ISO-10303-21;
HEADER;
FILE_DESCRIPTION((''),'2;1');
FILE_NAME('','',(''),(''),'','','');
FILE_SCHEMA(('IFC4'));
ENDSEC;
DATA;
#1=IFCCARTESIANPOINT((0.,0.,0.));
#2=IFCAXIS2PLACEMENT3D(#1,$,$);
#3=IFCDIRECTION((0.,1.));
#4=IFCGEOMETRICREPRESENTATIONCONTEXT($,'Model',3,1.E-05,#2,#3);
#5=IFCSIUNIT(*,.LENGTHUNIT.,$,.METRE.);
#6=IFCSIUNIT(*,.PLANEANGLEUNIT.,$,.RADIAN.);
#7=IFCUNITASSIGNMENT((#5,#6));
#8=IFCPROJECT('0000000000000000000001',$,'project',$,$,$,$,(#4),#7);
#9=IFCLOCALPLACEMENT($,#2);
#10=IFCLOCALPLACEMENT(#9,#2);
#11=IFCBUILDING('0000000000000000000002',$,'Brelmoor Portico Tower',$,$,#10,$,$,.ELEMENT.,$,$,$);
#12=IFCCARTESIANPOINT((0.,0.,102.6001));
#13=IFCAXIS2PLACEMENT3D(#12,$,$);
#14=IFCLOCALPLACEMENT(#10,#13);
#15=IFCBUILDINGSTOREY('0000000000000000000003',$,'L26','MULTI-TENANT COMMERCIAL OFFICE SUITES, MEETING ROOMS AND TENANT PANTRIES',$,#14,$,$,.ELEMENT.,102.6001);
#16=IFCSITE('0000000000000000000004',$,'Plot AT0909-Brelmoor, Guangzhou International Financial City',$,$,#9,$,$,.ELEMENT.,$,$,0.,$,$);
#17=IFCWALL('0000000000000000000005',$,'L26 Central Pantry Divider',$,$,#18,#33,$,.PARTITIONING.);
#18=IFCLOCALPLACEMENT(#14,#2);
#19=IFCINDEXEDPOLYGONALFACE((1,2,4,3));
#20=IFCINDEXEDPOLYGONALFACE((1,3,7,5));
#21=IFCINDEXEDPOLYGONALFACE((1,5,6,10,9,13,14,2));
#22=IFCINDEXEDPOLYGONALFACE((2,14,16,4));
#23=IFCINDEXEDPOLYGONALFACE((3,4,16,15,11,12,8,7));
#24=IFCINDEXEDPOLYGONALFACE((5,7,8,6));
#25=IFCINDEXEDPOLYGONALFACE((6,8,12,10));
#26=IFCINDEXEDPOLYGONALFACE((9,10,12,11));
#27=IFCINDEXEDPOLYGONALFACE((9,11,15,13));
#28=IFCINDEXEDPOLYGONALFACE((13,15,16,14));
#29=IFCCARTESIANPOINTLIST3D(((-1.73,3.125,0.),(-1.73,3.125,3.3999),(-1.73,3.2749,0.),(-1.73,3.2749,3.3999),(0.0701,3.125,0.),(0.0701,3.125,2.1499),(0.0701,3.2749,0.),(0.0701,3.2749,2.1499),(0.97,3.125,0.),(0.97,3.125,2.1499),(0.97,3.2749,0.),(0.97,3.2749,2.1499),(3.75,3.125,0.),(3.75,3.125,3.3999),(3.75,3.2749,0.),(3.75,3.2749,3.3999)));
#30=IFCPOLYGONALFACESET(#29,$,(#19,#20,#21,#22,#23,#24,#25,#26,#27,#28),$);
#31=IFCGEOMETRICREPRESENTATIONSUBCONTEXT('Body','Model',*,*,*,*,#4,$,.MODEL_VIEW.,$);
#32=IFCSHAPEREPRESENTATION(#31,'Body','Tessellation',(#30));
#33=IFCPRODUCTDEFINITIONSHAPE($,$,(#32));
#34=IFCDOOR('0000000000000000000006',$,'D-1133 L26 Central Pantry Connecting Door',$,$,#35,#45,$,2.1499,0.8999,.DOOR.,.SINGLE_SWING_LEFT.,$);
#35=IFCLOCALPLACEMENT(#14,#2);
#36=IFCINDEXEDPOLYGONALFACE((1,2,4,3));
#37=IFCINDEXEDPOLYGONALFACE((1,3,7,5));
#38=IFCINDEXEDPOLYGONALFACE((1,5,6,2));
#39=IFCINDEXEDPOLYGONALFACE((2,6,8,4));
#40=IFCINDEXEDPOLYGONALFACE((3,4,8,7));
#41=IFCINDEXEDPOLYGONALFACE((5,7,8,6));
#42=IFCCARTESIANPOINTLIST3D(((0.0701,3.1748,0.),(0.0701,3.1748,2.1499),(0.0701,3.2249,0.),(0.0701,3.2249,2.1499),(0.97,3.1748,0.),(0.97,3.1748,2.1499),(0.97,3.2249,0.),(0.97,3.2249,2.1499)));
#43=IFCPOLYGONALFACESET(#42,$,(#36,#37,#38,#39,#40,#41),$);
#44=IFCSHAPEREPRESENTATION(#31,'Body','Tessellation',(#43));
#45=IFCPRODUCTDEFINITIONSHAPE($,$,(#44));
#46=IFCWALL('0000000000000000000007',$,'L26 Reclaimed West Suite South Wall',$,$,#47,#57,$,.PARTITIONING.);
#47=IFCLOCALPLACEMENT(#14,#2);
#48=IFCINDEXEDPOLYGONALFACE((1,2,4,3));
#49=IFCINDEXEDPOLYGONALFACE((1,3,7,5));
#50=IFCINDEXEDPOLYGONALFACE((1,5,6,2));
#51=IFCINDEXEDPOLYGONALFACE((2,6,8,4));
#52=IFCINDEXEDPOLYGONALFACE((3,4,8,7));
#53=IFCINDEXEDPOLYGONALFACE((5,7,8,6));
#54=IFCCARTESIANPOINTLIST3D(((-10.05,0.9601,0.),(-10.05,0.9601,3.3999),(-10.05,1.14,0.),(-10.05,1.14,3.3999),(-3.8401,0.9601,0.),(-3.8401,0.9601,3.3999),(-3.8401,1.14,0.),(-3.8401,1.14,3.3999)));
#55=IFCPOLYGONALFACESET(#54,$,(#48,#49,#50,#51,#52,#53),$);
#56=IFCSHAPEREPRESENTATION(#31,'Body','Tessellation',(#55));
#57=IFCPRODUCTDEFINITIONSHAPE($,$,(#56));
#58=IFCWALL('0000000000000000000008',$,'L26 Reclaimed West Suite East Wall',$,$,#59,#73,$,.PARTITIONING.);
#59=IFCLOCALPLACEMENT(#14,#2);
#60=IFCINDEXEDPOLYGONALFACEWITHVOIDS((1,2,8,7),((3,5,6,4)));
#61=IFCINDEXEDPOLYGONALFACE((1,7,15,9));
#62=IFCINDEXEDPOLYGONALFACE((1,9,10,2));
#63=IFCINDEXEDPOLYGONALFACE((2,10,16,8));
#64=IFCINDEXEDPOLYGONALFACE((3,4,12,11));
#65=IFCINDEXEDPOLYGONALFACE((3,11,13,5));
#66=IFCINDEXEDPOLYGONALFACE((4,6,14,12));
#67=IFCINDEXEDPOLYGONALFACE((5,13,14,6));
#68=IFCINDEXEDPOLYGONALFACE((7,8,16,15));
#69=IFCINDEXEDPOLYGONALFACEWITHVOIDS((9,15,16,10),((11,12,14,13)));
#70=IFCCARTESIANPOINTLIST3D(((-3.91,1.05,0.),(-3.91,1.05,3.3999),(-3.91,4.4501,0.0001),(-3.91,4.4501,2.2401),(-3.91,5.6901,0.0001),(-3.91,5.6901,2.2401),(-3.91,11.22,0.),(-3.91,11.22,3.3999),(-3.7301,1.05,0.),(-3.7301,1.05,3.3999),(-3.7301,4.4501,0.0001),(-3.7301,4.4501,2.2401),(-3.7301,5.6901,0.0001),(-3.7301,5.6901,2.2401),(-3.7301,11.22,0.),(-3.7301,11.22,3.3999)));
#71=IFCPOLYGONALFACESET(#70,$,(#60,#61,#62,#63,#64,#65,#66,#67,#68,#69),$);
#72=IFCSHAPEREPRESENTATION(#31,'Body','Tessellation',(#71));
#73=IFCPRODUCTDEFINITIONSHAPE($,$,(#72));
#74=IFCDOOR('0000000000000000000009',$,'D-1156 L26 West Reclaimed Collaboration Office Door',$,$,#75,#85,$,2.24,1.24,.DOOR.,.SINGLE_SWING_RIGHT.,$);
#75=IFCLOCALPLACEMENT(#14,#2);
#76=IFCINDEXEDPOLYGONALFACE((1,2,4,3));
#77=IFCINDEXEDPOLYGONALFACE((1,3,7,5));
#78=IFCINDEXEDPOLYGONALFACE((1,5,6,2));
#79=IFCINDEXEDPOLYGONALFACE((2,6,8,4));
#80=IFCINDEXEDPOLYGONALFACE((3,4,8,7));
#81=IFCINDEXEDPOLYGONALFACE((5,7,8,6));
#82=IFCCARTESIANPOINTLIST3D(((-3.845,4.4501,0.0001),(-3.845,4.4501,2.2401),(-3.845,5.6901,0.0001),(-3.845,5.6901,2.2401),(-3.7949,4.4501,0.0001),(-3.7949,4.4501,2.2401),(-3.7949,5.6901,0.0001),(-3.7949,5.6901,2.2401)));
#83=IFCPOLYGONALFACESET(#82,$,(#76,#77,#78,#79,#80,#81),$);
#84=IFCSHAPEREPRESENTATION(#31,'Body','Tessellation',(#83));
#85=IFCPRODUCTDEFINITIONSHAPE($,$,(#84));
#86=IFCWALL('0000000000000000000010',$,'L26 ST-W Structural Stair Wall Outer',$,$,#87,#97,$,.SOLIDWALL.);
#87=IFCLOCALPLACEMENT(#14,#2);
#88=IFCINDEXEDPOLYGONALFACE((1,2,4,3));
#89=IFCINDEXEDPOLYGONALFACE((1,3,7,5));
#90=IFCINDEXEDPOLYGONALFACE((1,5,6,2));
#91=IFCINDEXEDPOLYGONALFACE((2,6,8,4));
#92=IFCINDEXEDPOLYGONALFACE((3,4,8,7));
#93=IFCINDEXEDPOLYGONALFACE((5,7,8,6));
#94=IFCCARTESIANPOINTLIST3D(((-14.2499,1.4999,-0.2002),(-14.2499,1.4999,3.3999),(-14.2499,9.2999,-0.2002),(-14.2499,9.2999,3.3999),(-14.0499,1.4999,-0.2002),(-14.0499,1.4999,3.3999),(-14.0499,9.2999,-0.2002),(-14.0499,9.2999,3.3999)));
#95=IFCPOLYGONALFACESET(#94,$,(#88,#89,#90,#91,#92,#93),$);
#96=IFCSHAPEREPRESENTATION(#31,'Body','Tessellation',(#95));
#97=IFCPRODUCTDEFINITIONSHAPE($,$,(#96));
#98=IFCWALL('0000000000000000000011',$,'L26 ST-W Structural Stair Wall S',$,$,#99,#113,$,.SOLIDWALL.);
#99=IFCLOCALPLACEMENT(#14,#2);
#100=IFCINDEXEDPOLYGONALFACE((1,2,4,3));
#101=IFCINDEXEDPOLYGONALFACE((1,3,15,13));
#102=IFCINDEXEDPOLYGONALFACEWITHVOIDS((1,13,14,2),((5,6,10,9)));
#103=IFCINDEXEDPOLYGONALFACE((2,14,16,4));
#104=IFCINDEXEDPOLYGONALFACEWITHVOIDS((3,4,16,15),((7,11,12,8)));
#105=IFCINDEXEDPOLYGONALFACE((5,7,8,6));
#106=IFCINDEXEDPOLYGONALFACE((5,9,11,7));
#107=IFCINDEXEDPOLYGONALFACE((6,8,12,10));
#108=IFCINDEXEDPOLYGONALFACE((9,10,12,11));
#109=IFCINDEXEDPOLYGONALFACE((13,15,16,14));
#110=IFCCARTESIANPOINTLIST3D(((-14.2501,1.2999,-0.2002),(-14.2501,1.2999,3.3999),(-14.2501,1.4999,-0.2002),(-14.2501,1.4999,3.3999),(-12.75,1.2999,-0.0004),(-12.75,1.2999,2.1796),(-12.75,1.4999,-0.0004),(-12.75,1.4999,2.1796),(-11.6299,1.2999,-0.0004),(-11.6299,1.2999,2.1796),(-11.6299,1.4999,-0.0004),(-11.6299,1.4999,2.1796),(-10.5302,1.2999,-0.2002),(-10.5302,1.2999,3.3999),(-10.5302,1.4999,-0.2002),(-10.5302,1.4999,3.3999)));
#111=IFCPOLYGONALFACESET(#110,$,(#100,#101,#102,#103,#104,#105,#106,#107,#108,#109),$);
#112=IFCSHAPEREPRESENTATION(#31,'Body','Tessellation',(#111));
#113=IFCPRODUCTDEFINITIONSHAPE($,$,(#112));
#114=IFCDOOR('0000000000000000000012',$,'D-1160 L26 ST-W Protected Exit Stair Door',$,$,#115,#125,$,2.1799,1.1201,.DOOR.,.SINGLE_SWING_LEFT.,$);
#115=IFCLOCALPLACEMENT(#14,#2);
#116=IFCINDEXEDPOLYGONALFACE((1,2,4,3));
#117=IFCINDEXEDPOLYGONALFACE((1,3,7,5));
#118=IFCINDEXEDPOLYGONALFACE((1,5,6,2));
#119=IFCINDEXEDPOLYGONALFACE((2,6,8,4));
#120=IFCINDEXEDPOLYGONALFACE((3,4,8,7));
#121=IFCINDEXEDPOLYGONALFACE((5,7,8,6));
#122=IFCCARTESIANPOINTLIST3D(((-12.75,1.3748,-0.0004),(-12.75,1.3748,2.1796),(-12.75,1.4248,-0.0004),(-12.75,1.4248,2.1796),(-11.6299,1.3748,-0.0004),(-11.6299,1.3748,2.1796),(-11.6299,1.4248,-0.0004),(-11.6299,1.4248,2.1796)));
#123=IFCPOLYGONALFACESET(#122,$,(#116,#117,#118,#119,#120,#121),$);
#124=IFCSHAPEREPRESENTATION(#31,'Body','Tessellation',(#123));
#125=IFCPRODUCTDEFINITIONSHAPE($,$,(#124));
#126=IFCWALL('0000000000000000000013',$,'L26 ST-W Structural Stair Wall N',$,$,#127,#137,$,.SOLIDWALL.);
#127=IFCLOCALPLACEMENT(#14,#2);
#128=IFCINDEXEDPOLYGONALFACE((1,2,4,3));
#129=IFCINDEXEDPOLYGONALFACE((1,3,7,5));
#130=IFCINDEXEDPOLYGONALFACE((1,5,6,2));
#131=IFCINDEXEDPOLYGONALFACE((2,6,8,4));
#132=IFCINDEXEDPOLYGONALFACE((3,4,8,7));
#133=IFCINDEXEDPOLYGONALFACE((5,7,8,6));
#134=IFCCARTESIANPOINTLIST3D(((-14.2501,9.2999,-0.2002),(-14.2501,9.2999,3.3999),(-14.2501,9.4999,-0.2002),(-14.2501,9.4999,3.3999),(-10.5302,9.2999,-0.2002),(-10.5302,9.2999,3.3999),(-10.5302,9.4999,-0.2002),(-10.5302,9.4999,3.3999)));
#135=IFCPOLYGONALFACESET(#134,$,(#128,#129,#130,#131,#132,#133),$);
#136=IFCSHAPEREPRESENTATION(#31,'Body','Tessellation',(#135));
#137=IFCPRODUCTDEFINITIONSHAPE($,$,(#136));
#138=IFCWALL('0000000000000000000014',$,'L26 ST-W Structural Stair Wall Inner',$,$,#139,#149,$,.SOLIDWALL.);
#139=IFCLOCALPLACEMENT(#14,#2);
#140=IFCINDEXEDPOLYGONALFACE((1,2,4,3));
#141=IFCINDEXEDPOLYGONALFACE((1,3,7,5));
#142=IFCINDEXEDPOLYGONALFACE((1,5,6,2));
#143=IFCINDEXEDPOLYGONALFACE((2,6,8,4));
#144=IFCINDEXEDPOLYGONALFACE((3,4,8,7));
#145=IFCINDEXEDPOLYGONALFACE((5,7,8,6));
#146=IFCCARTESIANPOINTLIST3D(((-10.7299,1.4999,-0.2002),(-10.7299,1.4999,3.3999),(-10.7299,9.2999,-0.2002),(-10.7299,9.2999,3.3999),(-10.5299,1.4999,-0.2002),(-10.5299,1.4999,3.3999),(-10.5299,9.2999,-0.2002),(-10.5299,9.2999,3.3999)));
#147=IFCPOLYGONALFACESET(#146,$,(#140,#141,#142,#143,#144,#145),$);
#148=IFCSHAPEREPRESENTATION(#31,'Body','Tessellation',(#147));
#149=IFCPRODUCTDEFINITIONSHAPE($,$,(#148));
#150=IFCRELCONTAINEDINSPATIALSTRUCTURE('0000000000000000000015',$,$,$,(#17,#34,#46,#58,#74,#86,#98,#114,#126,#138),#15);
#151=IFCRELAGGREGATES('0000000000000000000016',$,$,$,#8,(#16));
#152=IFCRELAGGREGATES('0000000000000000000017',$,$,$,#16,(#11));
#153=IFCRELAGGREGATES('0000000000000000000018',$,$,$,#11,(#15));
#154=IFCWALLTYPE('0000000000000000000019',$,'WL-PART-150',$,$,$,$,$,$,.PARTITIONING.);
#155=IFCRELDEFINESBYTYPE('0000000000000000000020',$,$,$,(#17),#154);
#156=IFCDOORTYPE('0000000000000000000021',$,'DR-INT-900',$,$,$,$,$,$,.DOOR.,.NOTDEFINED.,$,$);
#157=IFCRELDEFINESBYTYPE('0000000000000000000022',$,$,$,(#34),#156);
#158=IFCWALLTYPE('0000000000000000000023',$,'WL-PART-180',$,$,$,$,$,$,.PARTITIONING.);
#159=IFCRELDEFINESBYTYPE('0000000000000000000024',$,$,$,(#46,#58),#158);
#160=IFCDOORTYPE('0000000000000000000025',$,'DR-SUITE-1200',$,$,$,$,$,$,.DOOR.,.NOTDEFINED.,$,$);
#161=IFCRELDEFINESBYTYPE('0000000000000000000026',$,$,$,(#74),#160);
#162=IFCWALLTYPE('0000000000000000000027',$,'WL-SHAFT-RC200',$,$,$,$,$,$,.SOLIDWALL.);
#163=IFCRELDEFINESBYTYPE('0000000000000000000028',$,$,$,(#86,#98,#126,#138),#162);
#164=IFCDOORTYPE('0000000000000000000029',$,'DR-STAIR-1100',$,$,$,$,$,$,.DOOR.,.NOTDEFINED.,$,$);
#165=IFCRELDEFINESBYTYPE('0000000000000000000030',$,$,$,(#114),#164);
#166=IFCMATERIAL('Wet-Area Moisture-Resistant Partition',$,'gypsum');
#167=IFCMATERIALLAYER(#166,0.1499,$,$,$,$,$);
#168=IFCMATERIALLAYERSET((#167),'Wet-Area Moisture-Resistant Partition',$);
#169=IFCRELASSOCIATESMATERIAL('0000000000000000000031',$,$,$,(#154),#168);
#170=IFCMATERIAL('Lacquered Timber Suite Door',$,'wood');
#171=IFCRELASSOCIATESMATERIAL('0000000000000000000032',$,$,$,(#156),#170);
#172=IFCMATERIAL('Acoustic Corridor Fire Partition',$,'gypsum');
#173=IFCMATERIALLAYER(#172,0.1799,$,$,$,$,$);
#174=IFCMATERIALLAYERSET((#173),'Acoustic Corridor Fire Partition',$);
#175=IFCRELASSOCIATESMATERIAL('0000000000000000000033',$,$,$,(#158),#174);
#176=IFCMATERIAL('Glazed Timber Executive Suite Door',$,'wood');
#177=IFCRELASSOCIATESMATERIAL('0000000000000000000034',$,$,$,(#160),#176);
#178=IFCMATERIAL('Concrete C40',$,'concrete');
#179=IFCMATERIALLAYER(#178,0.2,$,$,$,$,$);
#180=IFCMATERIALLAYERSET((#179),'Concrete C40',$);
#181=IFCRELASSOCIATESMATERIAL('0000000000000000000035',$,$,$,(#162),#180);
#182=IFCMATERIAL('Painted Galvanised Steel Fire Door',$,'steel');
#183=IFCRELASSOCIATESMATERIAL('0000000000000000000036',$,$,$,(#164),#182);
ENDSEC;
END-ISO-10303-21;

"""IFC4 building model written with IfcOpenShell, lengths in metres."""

from ifc_helpers import new_model, si_unit, direction, frame, frame_2d, origin, place, context, subcontext, project, spatial, rectangle, extrude, material, layer, layer_set, type_object, element, fill, save


model = new_model("IFC4")

# Units and contexts
model_context = context("Model", 3, precision=1e-05, world=origin(), true_north=direction((0.0, 1.0)))
body_context = subcontext(model_context, "Body", "Model", "MODEL_VIEW")
ifc_project = project(units=[si_unit("LENGTHUNIT", "METRE"), si_unit("PLANEANGLEUNIT", "RADIAN")], contexts=[model_context])

# Site, building, storey
site_placement = place(None, origin())
site = spatial("IfcSite", under=ifc_project, at=site_placement, Name="Plot AT0909-Brelmoor, Guangzhou International Financial City", CompositionType="ELEMENT", RefElevation=0.0)
building_placement = place(site_placement, origin())
building = spatial("IfcBuilding", under=site, at=building_placement, Name="Brelmoor Portico Tower", CompositionType="ELEMENT")
storey_placement = place(building_placement, frame((0.0, 0.0, 102.6001)))
storey = spatial("IfcBuildingStorey", under=building, at=storey_placement, Name="L26", Description="MULTI-TENANT COMMERCIAL OFFICE SUITES, MEETING ROOMS AND TENANT PANTRIES", CompositionType="ELEMENT", Elevation=102.6001)

# Wall, opening, door
ifc_material_1 = material(Name="Wet-Area Moisture-Resistant Partition", Category="gypsum")
ifc_layer_1 = layer(ifc_material_1, 0.1499)
ifc_layer_set_1 = layer_set([ifc_layer_1], Name="Wet-Area Moisture-Resistant Partition")
wall_type_1 = type_object("IfcWallType", Name="WL-PART-150", PredefinedType="PARTITIONING", material=ifc_layer_set_1)
wall_1_placement = place(storey_placement, frame((-1.73, 3.2, 0.0), z_axis=(0.0, 0.0, 1.0), x_axis=(1.0, 0.0, 0.0)))
wall_1 = element("IfcWall", 1, at=wall_1_placement, inside=storey, type_object=wall_type_1, Name="L26 Central Pantry Divider", PredefinedType="PARTITIONING", context=body_context, shape_type="SweptSolid", body=[
    extrude(rectangle(XDim=5.48, YDim=0.1499, at=frame_2d((2.74, 0.0))), origin(), (0.0, 0.0, 1.0), 3.3999),
])
opening_1_placement = place(wall_1_placement, frame((1.8, 0.0, 0.0)))
opening_1 = element("IfcOpeningElement", 2, at=opening_1_placement, cuts=wall_1, PredefinedType="OPENING", context=body_context, shape_type="SweptSolid", body=[
    extrude(rectangle(XDim=0.8999, YDim=2.1499, at=frame_2d((0.45, 1.075))), frame((0.0, 0.085, 0.0), z_axis=(0.0, -1.0, 0.0), x_axis=(1.0, 0.0, 0.0)), (0.0, 0.0, 1.0), 0.1699),
])
ifc_material_2 = material(Name="Lacquered Timber Suite Door", Category="wood")
door_type_1 = type_object("IfcDoorType", Name="DR-INT-900", OperationType="NOTDEFINED", PredefinedType="DOOR", material=ifc_material_2)
door_1_placement = place(opening_1_placement, origin())
door_1 = element("IfcDoor", 3, at=door_1_placement, inside=storey, type_object=door_type_1, Name="D-1133 L26 Central Pantry Connecting Door", OperationType="SINGLE_SWING_LEFT", OverallHeight=2.1499, OverallWidth=0.8999, PredefinedType="DOOR", context=body_context, shape_type="SweptSolid", body=[
    extrude(rectangle(XDim=0.8999, YDim=2.1499, at=frame_2d((0.45, 1.075))), frame((0.0, 0.0249, 0.0), z_axis=(0.0, -1.0, 0.0), x_axis=(1.0, 0.0, 0.0)), (0.0, 0.0, 1.0), 0.05),
])
fill(opening_1, door_1)

# Wall
ifc_material_3 = material(Name="Acoustic Corridor Fire Partition", Category="gypsum")
ifc_layer_2 = layer(ifc_material_3, 0.1799)
ifc_layer_set_2 = layer_set([ifc_layer_2], Name="Acoustic Corridor Fire Partition")
wall_type_2 = type_object("IfcWallType", Name="WL-PART-180", PredefinedType="PARTITIONING", material=ifc_layer_set_2)
wall_2_placement = place(storey_placement, frame((-10.05, 1.05, 0.0), z_axis=(0.0, 0.0, 1.0), x_axis=(1.0, 0.0, 0.0)))
element("IfcWall", 4, at=wall_2_placement, inside=storey, type_object=wall_type_2, Name="L26 Reclaimed West Suite South Wall", PredefinedType="PARTITIONING", context=body_context, shape_type="SweptSolid", body=[
    extrude(rectangle(XDim=6.21, YDim=0.1799, at=frame_2d((3.105, 0.0))), origin(), (0.0, 0.0, 1.0), 3.3999),
])

# Wall, opening, door
wall_3_placement = place(storey_placement, frame((-3.8201, 1.05, 0.0), z_axis=(0.0, 0.0, 1.0), x_axis=(0.0, 1.0, 0.0)))
wall_3 = element("IfcWall", 5, at=wall_3_placement, inside=storey, type_object=wall_type_2, Name="L26 Reclaimed West Suite East Wall", PredefinedType="PARTITIONING", context=body_context, shape_type="SweptSolid", body=[
    extrude(rectangle(XDim=10.1699, YDim=0.1799, at=frame_2d((5.085, 0.0))), origin(), (0.0, 0.0, 1.0), 3.3999),
])
opening_2_placement = place(wall_3_placement, frame((3.3999, 0.0, 0.0)))
opening_2 = element("IfcOpeningElement", 6, at=opening_2_placement, cuts=wall_3, PredefinedType="OPENING", context=body_context, shape_type="SweptSolid", body=[
    extrude(rectangle(XDim=1.24, YDim=2.24, at=frame_2d((0.6201, 1.1201))), frame((0.0, 0.0999, 0.0), z_axis=(0.0, -1.0, 0.0), x_axis=(1.0, 0.0, 0.0)), (0.0, 0.0, 1.0), 0.2),
])
ifc_material_4 = material(Name="Glazed Timber Executive Suite Door", Category="wood")
door_type_2 = type_object("IfcDoorType", Name="DR-SUITE-1200", OperationType="NOTDEFINED", PredefinedType="DOOR", material=ifc_material_4)
door_2_placement = place(opening_2_placement, origin())
door_2 = element("IfcDoor", 7, at=door_2_placement, inside=storey, type_object=door_type_2, Name="D-1156 L26 West Reclaimed Collaboration Office Door", OperationType="SINGLE_SWING_RIGHT", OverallHeight=2.24, OverallWidth=1.24, PredefinedType="DOOR", context=body_context, shape_type="SweptSolid", body=[
    extrude(rectangle(XDim=1.24, YDim=2.24, at=frame_2d((0.6201, 1.1201))), frame((0.0, 0.0249, 0.0), z_axis=(0.0, -1.0, 0.0), x_axis=(1.0, 0.0, 0.0)), (0.0, 0.0, 1.0), 0.05),
])
fill(opening_2, door_2)

# Wall
ifc_material_5 = material(Name="Concrete C40", Category="concrete")
ifc_layer_3 = layer(ifc_material_5, 0.2)
ifc_layer_set_3 = layer_set([ifc_layer_3], Name="Concrete C40")
wall_type_3 = type_object("IfcWallType", Name="WL-SHAFT-RC200", PredefinedType="SOLIDWALL", material=ifc_layer_set_3)
wall_4_placement = place(storey_placement, frame((-14.1499, 1.5, -0.2002), z_axis=(0.0, 0.0, 1.0), x_axis=(0.0, 1.0, 0.0)))
element("IfcWall", 8, at=wall_4_placement, inside=storey, type_object=wall_type_3, Name="L26 ST-W Structural Stair Wall Outer", PredefinedType="SOLIDWALL", context=body_context, shape_type="SweptSolid", body=[
    extrude(rectangle(XDim=7.8, YDim=0.2, at=frame_2d((3.8999, 0.0))), origin(), (0.0, 0.0, 1.0), 3.6001),
])

# Wall, opening, door
wall_5_placement = place(storey_placement, frame((-14.25, 1.3999, -0.2002), z_axis=(0.0, 0.0, 1.0), x_axis=(1.0, 0.0, 0.0)))
wall_5 = element("IfcWall", 9, at=wall_5_placement, inside=storey, type_object=wall_type_3, Name="L26 ST-W Structural Stair Wall S", PredefinedType="SOLIDWALL", context=body_context, shape_type="SweptSolid", body=[
    extrude(rectangle(XDim=3.72, YDim=0.2, at=frame_2d((1.8599, 0.0))), origin(), (0.0, 0.0, 1.0), 3.6001),
])
opening_3_placement = place(wall_5_placement, frame((1.5, 0.0, 0.2)))
opening_3 = element("IfcOpeningElement", 10, at=opening_3_placement, cuts=wall_5, PredefinedType="OPENING", context=body_context, shape_type="SweptSolid", body=[
    extrude(rectangle(XDim=1.1201, YDim=2.1799, at=frame_2d((0.5601, 1.0898))), frame((0.0, 0.1099, 0.0), z_axis=(0.0, -1.0, 0.0), x_axis=(1.0, 0.0, 0.0)), (0.0, 0.0, 1.0), 0.22),
])
ifc_material_6 = material(Name="Painted Galvanised Steel Fire Door", Category="steel")
door_type_3 = type_object("IfcDoorType", Name="DR-STAIR-1100", OperationType="NOTDEFINED", PredefinedType="DOOR", material=ifc_material_6)
door_3_placement = place(opening_3_placement, origin())
door_3 = element("IfcDoor", 11, at=door_3_placement, inside=storey, type_object=door_type_3, Name="D-1160 L26 ST-W Protected Exit Stair Door", OperationType="SINGLE_SWING_LEFT", OverallHeight=2.1799, OverallWidth=1.1201, PredefinedType="DOOR", context=body_context, shape_type="SweptSolid", body=[
    extrude(rectangle(XDim=1.1201, YDim=2.1799, at=frame_2d((0.5601, 1.0898))), frame((0.0, 0.0249, 0.0), z_axis=(0.0, -1.0, 0.0), x_axis=(1.0, 0.0, 0.0)), (0.0, 0.0, 1.0), 0.05),
])
fill(opening_3, door_3)

# Walls
wall_6_placement = place(storey_placement, frame((-14.25, 9.3999, -0.2002), z_axis=(0.0, 0.0, 1.0), x_axis=(1.0, 0.0, 0.0)))
element("IfcWall", 12, at=wall_6_placement, inside=storey, type_object=wall_type_3, Name="L26 ST-W Structural Stair Wall N", PredefinedType="SOLIDWALL", context=body_context, shape_type="SweptSolid", body=[
    extrude(rectangle(XDim=3.72, YDim=0.2, at=frame_2d((1.8599, 0.0))), origin(), (0.0, 0.0, 1.0), 3.6001),
])
wall_7_placement = place(storey_placement, frame((-10.6299, 1.5, -0.2002), z_axis=(0.0, 0.0, 1.0), x_axis=(0.0, 1.0, 0.0)))
element("IfcWall", 13, at=wall_7_placement, inside=storey, type_object=wall_type_3, Name="L26 ST-W Structural Stair Wall Inner", PredefinedType="SOLIDWALL", context=body_context, shape_type="SweptSolid", body=[
    extrude(rectangle(XDim=7.8, YDim=0.2, at=frame_2d((3.8999, 0.0))), origin(), (0.0, 0.0, 1.0), 3.6001),
])

save(model, "model.ifc")
